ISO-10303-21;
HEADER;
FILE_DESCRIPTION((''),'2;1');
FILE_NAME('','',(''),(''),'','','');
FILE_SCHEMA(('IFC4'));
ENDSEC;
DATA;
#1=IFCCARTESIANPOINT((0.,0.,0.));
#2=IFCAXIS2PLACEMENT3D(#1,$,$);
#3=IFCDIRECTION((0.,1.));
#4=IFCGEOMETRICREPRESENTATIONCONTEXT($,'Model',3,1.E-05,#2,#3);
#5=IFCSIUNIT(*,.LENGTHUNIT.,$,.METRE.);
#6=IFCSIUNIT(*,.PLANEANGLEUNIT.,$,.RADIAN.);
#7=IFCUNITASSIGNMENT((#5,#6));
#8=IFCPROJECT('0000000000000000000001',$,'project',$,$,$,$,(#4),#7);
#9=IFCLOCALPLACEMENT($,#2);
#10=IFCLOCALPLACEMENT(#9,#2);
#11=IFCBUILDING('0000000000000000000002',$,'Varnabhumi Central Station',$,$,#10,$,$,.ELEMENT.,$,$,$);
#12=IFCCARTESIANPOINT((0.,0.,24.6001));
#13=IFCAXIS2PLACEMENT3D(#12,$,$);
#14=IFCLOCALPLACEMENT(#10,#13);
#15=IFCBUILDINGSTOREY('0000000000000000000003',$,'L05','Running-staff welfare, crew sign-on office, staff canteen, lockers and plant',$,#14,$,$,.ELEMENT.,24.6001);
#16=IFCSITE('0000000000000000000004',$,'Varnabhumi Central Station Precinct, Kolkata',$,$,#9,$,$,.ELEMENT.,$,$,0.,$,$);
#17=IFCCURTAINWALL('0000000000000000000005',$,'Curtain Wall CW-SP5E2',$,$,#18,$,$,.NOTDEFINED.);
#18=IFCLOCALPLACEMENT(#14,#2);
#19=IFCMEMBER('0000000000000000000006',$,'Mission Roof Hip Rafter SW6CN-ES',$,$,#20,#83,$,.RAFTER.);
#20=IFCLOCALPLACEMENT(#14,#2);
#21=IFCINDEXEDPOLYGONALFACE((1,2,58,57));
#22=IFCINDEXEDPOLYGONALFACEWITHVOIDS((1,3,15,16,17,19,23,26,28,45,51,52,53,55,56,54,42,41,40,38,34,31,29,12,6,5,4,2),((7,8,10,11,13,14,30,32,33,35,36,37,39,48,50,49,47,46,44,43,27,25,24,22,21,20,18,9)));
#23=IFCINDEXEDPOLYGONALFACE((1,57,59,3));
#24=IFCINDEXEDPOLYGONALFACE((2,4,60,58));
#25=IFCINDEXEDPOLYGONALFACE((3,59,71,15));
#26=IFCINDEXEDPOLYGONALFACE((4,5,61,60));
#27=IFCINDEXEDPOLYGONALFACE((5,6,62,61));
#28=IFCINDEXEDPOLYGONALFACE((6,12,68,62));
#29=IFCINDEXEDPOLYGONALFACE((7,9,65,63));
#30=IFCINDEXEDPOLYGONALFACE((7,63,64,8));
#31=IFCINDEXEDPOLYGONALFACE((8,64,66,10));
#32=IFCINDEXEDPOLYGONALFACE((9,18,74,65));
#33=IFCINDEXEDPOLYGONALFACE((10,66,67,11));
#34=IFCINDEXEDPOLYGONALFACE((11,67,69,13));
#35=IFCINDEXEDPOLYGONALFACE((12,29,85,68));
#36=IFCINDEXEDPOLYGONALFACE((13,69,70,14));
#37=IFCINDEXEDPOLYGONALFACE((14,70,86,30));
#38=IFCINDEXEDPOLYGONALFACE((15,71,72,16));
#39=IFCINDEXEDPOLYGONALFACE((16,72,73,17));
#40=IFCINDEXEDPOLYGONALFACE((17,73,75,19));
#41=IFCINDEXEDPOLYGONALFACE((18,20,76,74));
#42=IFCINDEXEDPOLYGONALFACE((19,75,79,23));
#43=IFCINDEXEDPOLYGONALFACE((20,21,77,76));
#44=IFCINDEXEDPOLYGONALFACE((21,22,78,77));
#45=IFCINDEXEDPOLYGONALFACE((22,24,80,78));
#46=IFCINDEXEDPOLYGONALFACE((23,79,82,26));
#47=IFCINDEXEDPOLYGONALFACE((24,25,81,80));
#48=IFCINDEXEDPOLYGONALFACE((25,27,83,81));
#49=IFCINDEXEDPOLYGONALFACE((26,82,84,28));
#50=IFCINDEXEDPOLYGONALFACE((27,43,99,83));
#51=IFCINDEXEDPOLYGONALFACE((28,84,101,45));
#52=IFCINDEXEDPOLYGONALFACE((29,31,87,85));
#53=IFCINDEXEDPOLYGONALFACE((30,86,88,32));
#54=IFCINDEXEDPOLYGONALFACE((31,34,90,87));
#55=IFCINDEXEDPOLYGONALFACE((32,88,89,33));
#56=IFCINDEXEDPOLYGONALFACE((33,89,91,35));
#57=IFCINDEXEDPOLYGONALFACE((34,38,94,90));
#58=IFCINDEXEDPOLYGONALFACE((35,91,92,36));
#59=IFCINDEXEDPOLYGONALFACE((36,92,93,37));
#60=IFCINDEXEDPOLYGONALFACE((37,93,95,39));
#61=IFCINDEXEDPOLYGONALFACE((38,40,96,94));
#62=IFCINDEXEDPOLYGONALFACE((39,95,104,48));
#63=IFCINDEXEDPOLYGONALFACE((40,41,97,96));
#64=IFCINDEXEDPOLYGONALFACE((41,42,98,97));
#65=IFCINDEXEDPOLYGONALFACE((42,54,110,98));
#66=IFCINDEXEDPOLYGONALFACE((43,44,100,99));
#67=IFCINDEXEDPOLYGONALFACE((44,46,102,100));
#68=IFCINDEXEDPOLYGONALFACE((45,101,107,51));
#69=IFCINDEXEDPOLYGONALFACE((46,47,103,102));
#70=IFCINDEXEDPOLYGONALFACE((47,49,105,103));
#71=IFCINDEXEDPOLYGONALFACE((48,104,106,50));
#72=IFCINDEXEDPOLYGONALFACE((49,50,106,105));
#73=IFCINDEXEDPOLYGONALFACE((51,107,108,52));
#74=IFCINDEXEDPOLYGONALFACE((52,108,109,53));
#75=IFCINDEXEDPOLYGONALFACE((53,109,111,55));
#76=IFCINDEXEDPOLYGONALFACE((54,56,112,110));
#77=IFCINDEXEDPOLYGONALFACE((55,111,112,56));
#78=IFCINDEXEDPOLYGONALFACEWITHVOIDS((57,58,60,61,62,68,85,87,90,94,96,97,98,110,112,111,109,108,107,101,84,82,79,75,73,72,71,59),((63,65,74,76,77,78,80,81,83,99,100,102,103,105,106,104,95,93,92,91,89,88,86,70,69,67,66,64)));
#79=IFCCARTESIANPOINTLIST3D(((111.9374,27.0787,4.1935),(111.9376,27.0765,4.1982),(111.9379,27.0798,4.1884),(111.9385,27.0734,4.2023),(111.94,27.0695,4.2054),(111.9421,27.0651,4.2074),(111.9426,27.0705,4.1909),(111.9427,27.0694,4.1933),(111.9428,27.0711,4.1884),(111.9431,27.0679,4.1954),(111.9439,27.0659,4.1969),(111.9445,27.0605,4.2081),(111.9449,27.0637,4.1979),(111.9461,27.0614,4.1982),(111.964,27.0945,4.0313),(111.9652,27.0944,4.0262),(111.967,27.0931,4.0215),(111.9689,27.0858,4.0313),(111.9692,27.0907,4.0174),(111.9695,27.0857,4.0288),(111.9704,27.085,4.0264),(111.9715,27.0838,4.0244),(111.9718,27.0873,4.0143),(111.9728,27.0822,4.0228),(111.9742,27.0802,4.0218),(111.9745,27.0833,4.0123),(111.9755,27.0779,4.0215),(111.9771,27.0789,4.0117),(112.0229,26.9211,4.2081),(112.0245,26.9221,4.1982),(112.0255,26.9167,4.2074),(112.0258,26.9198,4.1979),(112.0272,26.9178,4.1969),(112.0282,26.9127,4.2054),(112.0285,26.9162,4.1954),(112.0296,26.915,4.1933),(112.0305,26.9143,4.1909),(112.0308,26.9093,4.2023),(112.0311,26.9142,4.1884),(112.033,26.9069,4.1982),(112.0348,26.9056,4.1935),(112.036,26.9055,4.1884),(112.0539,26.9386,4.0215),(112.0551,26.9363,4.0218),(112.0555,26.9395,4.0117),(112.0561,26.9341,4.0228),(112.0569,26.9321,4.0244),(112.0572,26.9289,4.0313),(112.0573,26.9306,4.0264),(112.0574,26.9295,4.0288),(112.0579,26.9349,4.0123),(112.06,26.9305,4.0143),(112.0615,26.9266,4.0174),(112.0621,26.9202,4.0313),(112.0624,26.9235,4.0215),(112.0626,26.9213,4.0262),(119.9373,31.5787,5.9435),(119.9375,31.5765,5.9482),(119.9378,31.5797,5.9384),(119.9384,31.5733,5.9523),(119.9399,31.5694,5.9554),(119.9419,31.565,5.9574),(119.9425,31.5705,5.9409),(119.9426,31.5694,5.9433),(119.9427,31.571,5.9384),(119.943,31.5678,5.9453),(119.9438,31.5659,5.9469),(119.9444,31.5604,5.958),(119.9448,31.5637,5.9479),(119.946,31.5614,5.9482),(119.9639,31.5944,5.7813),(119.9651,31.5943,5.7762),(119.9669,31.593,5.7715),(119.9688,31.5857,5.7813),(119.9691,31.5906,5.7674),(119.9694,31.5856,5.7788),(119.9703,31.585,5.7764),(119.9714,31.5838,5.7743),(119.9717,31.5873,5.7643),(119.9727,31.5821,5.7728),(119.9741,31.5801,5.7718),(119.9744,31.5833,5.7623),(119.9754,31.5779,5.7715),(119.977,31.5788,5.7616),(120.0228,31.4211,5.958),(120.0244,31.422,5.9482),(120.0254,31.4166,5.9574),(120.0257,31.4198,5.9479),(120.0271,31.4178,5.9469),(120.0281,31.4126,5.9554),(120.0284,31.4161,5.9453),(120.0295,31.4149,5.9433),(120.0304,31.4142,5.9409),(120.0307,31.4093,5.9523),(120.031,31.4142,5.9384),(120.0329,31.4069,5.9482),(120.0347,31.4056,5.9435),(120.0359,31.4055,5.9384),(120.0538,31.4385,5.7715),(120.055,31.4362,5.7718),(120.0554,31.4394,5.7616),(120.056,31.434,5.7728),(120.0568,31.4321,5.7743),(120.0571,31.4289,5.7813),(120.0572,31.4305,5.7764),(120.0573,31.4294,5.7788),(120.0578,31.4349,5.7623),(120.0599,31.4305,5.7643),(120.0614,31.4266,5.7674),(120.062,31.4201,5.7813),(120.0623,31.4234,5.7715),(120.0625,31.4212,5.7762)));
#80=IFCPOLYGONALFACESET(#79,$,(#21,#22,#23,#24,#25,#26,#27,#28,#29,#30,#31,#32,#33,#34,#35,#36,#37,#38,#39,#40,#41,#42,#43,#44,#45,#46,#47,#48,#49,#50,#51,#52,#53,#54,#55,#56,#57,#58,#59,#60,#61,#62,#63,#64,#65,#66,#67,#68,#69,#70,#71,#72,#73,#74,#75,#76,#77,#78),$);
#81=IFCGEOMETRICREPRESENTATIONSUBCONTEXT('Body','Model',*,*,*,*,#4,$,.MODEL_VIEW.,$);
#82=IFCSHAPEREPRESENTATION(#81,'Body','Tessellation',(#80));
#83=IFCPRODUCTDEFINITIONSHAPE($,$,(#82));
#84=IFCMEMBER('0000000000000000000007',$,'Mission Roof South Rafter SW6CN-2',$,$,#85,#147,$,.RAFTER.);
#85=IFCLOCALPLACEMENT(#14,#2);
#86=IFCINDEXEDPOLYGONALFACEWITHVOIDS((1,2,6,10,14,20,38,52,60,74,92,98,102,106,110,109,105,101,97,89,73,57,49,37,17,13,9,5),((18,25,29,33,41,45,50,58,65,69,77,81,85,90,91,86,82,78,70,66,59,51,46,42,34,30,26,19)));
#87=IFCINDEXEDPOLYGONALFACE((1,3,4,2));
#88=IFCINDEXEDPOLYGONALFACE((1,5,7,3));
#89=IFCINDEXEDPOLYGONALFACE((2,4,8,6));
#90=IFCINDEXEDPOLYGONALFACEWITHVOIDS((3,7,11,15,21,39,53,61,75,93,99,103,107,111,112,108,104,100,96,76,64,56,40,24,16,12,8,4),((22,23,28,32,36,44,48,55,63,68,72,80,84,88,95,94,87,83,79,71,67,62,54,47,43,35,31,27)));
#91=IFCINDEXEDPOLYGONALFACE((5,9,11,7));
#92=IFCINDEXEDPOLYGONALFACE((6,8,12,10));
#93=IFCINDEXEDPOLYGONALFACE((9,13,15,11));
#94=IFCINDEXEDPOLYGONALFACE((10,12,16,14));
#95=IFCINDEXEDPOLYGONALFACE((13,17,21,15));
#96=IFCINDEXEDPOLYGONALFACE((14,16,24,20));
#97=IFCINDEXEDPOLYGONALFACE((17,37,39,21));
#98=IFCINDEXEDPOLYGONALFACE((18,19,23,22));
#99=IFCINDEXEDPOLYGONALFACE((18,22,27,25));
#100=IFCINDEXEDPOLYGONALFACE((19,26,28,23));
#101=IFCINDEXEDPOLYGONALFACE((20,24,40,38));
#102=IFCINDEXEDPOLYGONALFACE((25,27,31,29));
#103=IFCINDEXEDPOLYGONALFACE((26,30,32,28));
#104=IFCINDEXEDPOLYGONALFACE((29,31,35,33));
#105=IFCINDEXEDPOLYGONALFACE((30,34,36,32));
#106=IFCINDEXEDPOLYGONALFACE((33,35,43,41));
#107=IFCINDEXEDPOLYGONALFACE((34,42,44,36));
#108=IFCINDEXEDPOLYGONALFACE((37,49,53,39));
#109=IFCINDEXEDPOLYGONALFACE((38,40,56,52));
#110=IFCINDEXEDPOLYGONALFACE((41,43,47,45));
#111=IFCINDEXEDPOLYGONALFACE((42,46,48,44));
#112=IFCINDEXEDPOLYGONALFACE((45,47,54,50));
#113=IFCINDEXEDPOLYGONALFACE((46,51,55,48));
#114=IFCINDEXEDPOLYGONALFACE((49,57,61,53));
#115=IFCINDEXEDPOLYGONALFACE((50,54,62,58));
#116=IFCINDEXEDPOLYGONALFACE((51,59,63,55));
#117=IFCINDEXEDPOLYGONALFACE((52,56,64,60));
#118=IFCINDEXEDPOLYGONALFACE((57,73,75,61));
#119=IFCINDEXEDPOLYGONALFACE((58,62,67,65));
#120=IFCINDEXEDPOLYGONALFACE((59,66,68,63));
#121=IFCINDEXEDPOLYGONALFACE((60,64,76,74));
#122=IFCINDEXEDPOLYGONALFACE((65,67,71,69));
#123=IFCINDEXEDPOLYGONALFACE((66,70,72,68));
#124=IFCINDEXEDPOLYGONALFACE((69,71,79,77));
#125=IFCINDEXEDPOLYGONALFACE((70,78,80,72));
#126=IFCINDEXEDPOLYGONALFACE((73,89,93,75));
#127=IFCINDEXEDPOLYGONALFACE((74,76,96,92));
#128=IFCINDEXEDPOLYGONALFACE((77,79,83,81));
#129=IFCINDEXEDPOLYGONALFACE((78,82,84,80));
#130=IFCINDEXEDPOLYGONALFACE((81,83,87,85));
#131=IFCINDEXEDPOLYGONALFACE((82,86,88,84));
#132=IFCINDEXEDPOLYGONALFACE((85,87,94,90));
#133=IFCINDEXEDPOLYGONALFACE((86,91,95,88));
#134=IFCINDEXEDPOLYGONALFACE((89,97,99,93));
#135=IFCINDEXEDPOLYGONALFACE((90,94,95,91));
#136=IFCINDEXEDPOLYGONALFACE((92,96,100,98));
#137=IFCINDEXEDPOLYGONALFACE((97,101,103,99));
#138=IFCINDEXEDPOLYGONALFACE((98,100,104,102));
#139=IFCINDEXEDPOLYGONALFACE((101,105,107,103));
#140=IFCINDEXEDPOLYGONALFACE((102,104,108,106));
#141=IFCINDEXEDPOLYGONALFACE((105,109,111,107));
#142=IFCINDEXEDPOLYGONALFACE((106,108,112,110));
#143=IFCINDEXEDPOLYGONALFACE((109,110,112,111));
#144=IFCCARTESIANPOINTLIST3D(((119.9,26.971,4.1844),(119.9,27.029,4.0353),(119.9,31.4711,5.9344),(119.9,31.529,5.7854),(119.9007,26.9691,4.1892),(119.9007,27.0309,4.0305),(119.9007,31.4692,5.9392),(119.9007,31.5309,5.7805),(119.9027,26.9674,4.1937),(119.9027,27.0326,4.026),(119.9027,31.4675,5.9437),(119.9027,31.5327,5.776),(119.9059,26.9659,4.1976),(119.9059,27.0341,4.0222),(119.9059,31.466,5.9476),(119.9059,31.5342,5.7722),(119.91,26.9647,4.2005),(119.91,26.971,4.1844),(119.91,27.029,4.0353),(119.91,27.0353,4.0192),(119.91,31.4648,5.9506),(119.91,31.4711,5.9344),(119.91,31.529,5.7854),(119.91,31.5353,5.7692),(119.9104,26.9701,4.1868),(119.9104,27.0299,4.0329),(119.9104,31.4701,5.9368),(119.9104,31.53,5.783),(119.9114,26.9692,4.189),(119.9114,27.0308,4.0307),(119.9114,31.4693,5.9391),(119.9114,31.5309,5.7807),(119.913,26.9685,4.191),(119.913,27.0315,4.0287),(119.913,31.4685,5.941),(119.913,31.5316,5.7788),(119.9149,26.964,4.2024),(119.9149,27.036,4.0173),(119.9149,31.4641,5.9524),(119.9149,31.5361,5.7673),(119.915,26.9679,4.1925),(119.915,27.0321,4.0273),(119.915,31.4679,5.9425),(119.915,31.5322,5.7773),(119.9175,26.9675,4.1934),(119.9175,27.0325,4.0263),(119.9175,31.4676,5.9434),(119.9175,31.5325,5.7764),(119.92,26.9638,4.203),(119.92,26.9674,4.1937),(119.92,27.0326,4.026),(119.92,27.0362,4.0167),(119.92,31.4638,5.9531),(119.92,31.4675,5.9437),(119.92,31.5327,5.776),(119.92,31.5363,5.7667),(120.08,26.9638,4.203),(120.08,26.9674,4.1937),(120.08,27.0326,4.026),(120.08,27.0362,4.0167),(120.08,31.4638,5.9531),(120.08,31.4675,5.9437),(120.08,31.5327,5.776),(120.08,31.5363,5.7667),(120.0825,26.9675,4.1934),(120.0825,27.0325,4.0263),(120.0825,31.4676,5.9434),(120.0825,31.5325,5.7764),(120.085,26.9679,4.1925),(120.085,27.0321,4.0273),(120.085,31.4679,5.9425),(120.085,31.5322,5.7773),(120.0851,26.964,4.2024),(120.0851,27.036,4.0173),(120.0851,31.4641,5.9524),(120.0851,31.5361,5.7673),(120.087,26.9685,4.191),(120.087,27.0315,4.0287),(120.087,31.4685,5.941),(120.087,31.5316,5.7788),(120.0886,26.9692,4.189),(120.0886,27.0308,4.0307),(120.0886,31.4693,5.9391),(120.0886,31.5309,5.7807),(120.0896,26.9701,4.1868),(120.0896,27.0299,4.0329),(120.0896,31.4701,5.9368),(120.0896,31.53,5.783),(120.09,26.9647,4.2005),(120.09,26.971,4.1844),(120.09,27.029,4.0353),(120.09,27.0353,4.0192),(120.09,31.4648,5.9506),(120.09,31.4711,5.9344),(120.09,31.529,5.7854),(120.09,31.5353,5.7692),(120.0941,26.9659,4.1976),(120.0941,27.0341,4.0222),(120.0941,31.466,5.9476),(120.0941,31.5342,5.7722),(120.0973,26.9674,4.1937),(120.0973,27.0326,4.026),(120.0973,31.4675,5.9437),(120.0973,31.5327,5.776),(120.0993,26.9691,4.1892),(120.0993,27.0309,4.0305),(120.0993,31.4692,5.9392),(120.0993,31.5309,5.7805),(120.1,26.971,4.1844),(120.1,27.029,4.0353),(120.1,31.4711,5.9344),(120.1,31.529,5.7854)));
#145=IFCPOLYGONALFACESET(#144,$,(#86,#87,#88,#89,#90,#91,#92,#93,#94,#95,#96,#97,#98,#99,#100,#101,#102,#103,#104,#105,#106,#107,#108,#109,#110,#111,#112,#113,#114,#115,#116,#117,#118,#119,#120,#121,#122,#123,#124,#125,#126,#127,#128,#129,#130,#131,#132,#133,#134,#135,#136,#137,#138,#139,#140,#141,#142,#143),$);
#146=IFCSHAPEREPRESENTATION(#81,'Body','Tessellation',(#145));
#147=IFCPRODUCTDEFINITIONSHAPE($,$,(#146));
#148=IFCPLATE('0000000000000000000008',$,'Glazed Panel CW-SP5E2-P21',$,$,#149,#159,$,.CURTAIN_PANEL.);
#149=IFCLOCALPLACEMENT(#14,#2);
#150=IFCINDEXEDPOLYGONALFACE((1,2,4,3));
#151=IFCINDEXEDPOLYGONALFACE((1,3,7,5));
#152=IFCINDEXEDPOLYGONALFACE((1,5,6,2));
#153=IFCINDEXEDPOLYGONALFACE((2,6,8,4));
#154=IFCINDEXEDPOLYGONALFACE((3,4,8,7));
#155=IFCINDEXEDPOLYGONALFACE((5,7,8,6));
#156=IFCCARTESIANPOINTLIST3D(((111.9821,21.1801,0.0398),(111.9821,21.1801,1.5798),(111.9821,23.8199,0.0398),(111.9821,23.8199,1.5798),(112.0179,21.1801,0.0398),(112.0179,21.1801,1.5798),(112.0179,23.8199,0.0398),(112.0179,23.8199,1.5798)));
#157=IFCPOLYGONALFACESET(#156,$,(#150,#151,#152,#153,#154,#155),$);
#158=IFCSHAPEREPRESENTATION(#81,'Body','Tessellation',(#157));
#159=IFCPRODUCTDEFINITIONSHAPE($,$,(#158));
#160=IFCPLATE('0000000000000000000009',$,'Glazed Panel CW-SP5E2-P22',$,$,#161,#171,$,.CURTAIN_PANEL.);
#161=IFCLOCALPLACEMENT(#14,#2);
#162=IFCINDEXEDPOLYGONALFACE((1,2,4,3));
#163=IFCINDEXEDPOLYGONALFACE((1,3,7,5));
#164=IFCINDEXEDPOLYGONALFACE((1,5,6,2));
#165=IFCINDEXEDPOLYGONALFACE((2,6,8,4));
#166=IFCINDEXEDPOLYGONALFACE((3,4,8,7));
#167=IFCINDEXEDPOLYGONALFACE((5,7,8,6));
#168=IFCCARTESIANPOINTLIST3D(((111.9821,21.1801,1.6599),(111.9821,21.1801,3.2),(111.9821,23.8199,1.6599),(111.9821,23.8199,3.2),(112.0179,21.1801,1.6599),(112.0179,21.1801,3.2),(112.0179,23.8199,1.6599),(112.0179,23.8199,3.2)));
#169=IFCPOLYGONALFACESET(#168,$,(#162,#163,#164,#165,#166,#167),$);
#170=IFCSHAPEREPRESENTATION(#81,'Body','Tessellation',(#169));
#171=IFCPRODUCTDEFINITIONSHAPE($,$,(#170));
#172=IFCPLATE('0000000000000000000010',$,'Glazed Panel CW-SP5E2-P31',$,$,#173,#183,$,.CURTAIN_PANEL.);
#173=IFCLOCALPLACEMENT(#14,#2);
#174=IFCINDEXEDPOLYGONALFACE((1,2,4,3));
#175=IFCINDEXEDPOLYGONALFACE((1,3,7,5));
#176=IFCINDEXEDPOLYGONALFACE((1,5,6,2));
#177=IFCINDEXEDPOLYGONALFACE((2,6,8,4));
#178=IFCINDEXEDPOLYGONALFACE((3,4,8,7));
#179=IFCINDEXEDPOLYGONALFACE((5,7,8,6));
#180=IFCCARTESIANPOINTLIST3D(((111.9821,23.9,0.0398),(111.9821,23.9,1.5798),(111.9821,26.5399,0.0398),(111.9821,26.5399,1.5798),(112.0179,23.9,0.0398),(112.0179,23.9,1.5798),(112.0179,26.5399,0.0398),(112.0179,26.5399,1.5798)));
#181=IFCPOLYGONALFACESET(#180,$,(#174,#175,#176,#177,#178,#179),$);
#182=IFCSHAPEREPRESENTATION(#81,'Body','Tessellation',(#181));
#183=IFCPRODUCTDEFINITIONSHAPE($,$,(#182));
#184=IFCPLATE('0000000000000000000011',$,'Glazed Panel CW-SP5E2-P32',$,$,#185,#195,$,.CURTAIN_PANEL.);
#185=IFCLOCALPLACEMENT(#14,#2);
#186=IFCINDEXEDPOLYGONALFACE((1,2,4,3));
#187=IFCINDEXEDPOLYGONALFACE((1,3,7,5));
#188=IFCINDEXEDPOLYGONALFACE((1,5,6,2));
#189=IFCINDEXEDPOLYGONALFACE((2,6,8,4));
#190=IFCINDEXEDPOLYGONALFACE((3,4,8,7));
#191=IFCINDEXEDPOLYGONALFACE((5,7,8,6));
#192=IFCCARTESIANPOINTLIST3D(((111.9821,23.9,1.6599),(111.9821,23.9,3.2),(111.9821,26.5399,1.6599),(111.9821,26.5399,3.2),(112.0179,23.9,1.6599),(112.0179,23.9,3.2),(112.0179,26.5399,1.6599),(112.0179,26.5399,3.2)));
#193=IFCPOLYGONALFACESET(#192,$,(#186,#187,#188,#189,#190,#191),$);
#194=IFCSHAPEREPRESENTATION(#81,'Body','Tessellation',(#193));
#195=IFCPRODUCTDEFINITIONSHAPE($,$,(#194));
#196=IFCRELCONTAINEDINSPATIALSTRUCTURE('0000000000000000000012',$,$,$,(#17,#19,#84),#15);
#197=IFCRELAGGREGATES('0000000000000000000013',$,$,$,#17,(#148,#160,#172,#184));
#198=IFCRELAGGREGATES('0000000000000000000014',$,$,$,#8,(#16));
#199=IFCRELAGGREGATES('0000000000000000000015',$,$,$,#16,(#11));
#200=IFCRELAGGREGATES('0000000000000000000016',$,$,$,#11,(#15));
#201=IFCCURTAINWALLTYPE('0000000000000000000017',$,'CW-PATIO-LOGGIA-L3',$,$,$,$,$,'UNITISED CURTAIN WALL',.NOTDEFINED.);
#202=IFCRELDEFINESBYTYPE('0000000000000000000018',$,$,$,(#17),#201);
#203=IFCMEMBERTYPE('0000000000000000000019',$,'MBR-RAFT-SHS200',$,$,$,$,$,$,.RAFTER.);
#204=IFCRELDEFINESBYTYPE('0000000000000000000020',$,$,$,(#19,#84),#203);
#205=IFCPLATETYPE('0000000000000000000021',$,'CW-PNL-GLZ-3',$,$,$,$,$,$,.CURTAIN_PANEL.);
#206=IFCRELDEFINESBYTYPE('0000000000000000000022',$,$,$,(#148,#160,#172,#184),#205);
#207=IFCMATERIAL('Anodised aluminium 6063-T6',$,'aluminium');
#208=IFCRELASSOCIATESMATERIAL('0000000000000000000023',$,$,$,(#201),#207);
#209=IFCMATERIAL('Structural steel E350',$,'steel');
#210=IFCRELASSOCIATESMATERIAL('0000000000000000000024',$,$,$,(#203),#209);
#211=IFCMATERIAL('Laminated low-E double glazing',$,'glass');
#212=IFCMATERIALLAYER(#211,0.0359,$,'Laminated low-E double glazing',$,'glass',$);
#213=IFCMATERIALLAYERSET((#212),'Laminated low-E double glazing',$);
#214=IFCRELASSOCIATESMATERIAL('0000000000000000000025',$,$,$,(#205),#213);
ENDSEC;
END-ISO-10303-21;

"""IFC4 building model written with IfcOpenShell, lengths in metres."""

from ifc_helpers import new_model, si_unit, direction, frame, origin, origin_2d, place, context, subcontext, project, spatial, rectangle, hollow_rectangle, extrude, material, layer, layer_set, material_profile, profile_set, type_object, element, aggregate, save


model = new_model("IFC4")

# Units and contexts
model_context = context("Model", 3, precision=1e-05, world=origin(), true_north=direction((0.0, 1.0)))
body_context = subcontext(model_context, "Body", "Model", "MODEL_VIEW")
ifc_project = project(units=[si_unit("LENGTHUNIT", "METRE"), si_unit("PLANEANGLEUNIT", "RADIAN")], contexts=[model_context])

# Site, building, storey
site_placement = place(None, origin())
site = spatial("IfcSite", under=ifc_project, at=site_placement, Name="Varnabhumi Central Station Precinct, Kolkata", CompositionType="ELEMENT", RefElevation=0.0)
building_placement = place(site_placement, origin())
building = spatial("IfcBuilding", under=site, at=building_placement, Name="Varnabhumi Central Station", CompositionType="ELEMENT")
storey_placement = place(building_placement, frame((0.0, 0.0, 24.6001)))
storey = spatial("IfcBuildingStorey", under=building, at=storey_placement, Name="L05", Description="Running-staff welfare, crew sign-on office, staff canteen, lockers and plant", CompositionType="ELEMENT", Elevation=24.6001)

# Curtain wall
ifc_material_1 = material(Name="Anodised aluminium 6063-T6", Category="aluminium")
curtain_wall_type = type_object("IfcCurtainWallType", Name="CW-PATIO-LOGGIA-L3", ElementType="UNITISED CURTAIN WALL", PredefinedType="NOTDEFINED", material=ifc_material_1)
curtain_wall_1_placement = place(storey_placement, origin())
curtain_wall_1 = element("IfcCurtainWall", 1, at=curtain_wall_1_placement, inside=storey, type_object=curtain_wall_type, Name="Curtain Wall CW-SP5E2", PredefinedType="NOTDEFINED")

# Members
ifc_material_2 = material(Name="Structural steel E350", Category="steel")
ifc_material_profile_1 = material_profile(ifc_material_2, hollow_rectangle(XDim=0.2, YDim=0.2, WallThickness=0.01, InnerFilletRadius=0.01, OuterFilletRadius=0.02, at=origin_2d()), Name="Structural steel E350", Category="steel")
ifc_profile_set_1 = profile_set([ifc_material_profile_1], Name="Structural steel E350")
member_type_1 = type_object("IfcMemberType", Name="MBR-RAFT-SHS200", PredefinedType="RAFTER", material=ifc_profile_set_1)
member_1_placement = place(storey_placement, frame((112.0, 27.0, 4.1099), z_axis=(0.856154, 0.481586, 0.187284), x_axis=(-0.490261, 0.871576, 0.0)))
element("IfcMember", 2, at=member_1_placement, inside=storey, type_object=member_type_1, Name="Mission Roof Hip Rafter SW6CN-ES", PredefinedType="RAFTER", context=body_context, shape_type="SweptSolid", body=[
    extrude(hollow_rectangle(XDim=0.2, YDim=0.2, WallThickness=0.01, InnerFilletRadius=0.01, OuterFilletRadius=0.02, at=origin_2d()), origin(), (0.0, 0.0, 1.0), 9.344),
])
member_2_placement = place(storey_placement, frame((120.0, 27.0, 4.1099), z_axis=(0.0, 0.932005, 0.362446), x_axis=(-1.0, 0.0, 0.0)))
element("IfcMember", 3, at=member_2_placement, inside=storey, type_object=member_type_1, Name="Mission Roof South Rafter SW6CN-2", PredefinedType="RAFTER", context=body_context, shape_type="SweptSolid", body=[
    extrude(hollow_rectangle(XDim=0.2, YDim=0.2, WallThickness=0.01, InnerFilletRadius=0.01, OuterFilletRadius=0.02, at=origin_2d()), origin(), (0.0, 0.0, 1.0), 4.8284),
])

# Plates
ifc_material_3 = material(Name="Laminated low-E double glazing", Category="glass")
ifc_layer_1 = layer(ifc_material_3, 0.0359, Name="Laminated low-E double glazing", Category="glass")
ifc_layer_set_1 = layer_set([ifc_layer_1], Name="Laminated low-E double glazing")
plate_type_1 = type_object("IfcPlateType", Name="CW-PNL-GLZ-3", PredefinedType="CURTAIN_PANEL", material=ifc_layer_set_1)
plate_1_placement = place(storey_placement, frame((112.0, 22.5, 0.0398), z_axis=(0.0, 0.0, 1.0), x_axis=(0.0, 1.0, 0.0)))
plate_1 = element("IfcPlate", 4, at=plate_1_placement, type_object=plate_type_1, Name="Glazed Panel CW-SP5E2-P21", PredefinedType="CURTAIN_PANEL", context=body_context, shape_type="SweptSolid", body=[
    extrude(rectangle(XDim=2.6399, YDim=0.0359, at=origin_2d()), origin(), (0.0, 0.0, 1.0), 1.54),
])
plate_2_placement = place(storey_placement, frame((112.0, 22.5, 1.6599), z_axis=(0.0, 0.0, 1.0), x_axis=(0.0, 1.0, 0.0)))
plate_2 = element("IfcPlate", 5, at=plate_2_placement, type_object=plate_type_1, Name="Glazed Panel CW-SP5E2-P22", PredefinedType="CURTAIN_PANEL", context=body_context, shape_type="SweptSolid", body=[
    extrude(rectangle(XDim=2.6399, YDim=0.0359, at=origin_2d()), origin(), (0.0, 0.0, 1.0), 1.54),
])
plate_3_placement = place(storey_placement, frame((112.0, 25.22, 0.0398), z_axis=(0.0, 0.0, 1.0), x_axis=(0.0, 1.0, 0.0)))
plate_3 = element("IfcPlate", 6, at=plate_3_placement, type_object=plate_type_1, Name="Glazed Panel CW-SP5E2-P31", PredefinedType="CURTAIN_PANEL", context=body_context, shape_type="SweptSolid", body=[
    extrude(rectangle(XDim=2.6399, YDim=0.0359, at=origin_2d()), origin(), (0.0, 0.0, 1.0), 1.54),
])
plate_4_placement = place(storey_placement, frame((112.0, 25.22, 1.6599), z_axis=(0.0, 0.0, 1.0), x_axis=(0.0, 1.0, 0.0)))
plate_4 = element("IfcPlate", 7, at=plate_4_placement, type_object=plate_type_1, Name="Glazed Panel CW-SP5E2-P32", PredefinedType="CURTAIN_PANEL", context=body_context, shape_type="SweptSolid", body=[
    extrude(rectangle(XDim=2.6399, YDim=0.0359, at=origin_2d()), origin(), (0.0, 0.0, 1.0), 1.54),
])
aggregate(curtain_wall_1, [plate_1, plate_2, plate_3, plate_4])

save(model, "model.ifc")
